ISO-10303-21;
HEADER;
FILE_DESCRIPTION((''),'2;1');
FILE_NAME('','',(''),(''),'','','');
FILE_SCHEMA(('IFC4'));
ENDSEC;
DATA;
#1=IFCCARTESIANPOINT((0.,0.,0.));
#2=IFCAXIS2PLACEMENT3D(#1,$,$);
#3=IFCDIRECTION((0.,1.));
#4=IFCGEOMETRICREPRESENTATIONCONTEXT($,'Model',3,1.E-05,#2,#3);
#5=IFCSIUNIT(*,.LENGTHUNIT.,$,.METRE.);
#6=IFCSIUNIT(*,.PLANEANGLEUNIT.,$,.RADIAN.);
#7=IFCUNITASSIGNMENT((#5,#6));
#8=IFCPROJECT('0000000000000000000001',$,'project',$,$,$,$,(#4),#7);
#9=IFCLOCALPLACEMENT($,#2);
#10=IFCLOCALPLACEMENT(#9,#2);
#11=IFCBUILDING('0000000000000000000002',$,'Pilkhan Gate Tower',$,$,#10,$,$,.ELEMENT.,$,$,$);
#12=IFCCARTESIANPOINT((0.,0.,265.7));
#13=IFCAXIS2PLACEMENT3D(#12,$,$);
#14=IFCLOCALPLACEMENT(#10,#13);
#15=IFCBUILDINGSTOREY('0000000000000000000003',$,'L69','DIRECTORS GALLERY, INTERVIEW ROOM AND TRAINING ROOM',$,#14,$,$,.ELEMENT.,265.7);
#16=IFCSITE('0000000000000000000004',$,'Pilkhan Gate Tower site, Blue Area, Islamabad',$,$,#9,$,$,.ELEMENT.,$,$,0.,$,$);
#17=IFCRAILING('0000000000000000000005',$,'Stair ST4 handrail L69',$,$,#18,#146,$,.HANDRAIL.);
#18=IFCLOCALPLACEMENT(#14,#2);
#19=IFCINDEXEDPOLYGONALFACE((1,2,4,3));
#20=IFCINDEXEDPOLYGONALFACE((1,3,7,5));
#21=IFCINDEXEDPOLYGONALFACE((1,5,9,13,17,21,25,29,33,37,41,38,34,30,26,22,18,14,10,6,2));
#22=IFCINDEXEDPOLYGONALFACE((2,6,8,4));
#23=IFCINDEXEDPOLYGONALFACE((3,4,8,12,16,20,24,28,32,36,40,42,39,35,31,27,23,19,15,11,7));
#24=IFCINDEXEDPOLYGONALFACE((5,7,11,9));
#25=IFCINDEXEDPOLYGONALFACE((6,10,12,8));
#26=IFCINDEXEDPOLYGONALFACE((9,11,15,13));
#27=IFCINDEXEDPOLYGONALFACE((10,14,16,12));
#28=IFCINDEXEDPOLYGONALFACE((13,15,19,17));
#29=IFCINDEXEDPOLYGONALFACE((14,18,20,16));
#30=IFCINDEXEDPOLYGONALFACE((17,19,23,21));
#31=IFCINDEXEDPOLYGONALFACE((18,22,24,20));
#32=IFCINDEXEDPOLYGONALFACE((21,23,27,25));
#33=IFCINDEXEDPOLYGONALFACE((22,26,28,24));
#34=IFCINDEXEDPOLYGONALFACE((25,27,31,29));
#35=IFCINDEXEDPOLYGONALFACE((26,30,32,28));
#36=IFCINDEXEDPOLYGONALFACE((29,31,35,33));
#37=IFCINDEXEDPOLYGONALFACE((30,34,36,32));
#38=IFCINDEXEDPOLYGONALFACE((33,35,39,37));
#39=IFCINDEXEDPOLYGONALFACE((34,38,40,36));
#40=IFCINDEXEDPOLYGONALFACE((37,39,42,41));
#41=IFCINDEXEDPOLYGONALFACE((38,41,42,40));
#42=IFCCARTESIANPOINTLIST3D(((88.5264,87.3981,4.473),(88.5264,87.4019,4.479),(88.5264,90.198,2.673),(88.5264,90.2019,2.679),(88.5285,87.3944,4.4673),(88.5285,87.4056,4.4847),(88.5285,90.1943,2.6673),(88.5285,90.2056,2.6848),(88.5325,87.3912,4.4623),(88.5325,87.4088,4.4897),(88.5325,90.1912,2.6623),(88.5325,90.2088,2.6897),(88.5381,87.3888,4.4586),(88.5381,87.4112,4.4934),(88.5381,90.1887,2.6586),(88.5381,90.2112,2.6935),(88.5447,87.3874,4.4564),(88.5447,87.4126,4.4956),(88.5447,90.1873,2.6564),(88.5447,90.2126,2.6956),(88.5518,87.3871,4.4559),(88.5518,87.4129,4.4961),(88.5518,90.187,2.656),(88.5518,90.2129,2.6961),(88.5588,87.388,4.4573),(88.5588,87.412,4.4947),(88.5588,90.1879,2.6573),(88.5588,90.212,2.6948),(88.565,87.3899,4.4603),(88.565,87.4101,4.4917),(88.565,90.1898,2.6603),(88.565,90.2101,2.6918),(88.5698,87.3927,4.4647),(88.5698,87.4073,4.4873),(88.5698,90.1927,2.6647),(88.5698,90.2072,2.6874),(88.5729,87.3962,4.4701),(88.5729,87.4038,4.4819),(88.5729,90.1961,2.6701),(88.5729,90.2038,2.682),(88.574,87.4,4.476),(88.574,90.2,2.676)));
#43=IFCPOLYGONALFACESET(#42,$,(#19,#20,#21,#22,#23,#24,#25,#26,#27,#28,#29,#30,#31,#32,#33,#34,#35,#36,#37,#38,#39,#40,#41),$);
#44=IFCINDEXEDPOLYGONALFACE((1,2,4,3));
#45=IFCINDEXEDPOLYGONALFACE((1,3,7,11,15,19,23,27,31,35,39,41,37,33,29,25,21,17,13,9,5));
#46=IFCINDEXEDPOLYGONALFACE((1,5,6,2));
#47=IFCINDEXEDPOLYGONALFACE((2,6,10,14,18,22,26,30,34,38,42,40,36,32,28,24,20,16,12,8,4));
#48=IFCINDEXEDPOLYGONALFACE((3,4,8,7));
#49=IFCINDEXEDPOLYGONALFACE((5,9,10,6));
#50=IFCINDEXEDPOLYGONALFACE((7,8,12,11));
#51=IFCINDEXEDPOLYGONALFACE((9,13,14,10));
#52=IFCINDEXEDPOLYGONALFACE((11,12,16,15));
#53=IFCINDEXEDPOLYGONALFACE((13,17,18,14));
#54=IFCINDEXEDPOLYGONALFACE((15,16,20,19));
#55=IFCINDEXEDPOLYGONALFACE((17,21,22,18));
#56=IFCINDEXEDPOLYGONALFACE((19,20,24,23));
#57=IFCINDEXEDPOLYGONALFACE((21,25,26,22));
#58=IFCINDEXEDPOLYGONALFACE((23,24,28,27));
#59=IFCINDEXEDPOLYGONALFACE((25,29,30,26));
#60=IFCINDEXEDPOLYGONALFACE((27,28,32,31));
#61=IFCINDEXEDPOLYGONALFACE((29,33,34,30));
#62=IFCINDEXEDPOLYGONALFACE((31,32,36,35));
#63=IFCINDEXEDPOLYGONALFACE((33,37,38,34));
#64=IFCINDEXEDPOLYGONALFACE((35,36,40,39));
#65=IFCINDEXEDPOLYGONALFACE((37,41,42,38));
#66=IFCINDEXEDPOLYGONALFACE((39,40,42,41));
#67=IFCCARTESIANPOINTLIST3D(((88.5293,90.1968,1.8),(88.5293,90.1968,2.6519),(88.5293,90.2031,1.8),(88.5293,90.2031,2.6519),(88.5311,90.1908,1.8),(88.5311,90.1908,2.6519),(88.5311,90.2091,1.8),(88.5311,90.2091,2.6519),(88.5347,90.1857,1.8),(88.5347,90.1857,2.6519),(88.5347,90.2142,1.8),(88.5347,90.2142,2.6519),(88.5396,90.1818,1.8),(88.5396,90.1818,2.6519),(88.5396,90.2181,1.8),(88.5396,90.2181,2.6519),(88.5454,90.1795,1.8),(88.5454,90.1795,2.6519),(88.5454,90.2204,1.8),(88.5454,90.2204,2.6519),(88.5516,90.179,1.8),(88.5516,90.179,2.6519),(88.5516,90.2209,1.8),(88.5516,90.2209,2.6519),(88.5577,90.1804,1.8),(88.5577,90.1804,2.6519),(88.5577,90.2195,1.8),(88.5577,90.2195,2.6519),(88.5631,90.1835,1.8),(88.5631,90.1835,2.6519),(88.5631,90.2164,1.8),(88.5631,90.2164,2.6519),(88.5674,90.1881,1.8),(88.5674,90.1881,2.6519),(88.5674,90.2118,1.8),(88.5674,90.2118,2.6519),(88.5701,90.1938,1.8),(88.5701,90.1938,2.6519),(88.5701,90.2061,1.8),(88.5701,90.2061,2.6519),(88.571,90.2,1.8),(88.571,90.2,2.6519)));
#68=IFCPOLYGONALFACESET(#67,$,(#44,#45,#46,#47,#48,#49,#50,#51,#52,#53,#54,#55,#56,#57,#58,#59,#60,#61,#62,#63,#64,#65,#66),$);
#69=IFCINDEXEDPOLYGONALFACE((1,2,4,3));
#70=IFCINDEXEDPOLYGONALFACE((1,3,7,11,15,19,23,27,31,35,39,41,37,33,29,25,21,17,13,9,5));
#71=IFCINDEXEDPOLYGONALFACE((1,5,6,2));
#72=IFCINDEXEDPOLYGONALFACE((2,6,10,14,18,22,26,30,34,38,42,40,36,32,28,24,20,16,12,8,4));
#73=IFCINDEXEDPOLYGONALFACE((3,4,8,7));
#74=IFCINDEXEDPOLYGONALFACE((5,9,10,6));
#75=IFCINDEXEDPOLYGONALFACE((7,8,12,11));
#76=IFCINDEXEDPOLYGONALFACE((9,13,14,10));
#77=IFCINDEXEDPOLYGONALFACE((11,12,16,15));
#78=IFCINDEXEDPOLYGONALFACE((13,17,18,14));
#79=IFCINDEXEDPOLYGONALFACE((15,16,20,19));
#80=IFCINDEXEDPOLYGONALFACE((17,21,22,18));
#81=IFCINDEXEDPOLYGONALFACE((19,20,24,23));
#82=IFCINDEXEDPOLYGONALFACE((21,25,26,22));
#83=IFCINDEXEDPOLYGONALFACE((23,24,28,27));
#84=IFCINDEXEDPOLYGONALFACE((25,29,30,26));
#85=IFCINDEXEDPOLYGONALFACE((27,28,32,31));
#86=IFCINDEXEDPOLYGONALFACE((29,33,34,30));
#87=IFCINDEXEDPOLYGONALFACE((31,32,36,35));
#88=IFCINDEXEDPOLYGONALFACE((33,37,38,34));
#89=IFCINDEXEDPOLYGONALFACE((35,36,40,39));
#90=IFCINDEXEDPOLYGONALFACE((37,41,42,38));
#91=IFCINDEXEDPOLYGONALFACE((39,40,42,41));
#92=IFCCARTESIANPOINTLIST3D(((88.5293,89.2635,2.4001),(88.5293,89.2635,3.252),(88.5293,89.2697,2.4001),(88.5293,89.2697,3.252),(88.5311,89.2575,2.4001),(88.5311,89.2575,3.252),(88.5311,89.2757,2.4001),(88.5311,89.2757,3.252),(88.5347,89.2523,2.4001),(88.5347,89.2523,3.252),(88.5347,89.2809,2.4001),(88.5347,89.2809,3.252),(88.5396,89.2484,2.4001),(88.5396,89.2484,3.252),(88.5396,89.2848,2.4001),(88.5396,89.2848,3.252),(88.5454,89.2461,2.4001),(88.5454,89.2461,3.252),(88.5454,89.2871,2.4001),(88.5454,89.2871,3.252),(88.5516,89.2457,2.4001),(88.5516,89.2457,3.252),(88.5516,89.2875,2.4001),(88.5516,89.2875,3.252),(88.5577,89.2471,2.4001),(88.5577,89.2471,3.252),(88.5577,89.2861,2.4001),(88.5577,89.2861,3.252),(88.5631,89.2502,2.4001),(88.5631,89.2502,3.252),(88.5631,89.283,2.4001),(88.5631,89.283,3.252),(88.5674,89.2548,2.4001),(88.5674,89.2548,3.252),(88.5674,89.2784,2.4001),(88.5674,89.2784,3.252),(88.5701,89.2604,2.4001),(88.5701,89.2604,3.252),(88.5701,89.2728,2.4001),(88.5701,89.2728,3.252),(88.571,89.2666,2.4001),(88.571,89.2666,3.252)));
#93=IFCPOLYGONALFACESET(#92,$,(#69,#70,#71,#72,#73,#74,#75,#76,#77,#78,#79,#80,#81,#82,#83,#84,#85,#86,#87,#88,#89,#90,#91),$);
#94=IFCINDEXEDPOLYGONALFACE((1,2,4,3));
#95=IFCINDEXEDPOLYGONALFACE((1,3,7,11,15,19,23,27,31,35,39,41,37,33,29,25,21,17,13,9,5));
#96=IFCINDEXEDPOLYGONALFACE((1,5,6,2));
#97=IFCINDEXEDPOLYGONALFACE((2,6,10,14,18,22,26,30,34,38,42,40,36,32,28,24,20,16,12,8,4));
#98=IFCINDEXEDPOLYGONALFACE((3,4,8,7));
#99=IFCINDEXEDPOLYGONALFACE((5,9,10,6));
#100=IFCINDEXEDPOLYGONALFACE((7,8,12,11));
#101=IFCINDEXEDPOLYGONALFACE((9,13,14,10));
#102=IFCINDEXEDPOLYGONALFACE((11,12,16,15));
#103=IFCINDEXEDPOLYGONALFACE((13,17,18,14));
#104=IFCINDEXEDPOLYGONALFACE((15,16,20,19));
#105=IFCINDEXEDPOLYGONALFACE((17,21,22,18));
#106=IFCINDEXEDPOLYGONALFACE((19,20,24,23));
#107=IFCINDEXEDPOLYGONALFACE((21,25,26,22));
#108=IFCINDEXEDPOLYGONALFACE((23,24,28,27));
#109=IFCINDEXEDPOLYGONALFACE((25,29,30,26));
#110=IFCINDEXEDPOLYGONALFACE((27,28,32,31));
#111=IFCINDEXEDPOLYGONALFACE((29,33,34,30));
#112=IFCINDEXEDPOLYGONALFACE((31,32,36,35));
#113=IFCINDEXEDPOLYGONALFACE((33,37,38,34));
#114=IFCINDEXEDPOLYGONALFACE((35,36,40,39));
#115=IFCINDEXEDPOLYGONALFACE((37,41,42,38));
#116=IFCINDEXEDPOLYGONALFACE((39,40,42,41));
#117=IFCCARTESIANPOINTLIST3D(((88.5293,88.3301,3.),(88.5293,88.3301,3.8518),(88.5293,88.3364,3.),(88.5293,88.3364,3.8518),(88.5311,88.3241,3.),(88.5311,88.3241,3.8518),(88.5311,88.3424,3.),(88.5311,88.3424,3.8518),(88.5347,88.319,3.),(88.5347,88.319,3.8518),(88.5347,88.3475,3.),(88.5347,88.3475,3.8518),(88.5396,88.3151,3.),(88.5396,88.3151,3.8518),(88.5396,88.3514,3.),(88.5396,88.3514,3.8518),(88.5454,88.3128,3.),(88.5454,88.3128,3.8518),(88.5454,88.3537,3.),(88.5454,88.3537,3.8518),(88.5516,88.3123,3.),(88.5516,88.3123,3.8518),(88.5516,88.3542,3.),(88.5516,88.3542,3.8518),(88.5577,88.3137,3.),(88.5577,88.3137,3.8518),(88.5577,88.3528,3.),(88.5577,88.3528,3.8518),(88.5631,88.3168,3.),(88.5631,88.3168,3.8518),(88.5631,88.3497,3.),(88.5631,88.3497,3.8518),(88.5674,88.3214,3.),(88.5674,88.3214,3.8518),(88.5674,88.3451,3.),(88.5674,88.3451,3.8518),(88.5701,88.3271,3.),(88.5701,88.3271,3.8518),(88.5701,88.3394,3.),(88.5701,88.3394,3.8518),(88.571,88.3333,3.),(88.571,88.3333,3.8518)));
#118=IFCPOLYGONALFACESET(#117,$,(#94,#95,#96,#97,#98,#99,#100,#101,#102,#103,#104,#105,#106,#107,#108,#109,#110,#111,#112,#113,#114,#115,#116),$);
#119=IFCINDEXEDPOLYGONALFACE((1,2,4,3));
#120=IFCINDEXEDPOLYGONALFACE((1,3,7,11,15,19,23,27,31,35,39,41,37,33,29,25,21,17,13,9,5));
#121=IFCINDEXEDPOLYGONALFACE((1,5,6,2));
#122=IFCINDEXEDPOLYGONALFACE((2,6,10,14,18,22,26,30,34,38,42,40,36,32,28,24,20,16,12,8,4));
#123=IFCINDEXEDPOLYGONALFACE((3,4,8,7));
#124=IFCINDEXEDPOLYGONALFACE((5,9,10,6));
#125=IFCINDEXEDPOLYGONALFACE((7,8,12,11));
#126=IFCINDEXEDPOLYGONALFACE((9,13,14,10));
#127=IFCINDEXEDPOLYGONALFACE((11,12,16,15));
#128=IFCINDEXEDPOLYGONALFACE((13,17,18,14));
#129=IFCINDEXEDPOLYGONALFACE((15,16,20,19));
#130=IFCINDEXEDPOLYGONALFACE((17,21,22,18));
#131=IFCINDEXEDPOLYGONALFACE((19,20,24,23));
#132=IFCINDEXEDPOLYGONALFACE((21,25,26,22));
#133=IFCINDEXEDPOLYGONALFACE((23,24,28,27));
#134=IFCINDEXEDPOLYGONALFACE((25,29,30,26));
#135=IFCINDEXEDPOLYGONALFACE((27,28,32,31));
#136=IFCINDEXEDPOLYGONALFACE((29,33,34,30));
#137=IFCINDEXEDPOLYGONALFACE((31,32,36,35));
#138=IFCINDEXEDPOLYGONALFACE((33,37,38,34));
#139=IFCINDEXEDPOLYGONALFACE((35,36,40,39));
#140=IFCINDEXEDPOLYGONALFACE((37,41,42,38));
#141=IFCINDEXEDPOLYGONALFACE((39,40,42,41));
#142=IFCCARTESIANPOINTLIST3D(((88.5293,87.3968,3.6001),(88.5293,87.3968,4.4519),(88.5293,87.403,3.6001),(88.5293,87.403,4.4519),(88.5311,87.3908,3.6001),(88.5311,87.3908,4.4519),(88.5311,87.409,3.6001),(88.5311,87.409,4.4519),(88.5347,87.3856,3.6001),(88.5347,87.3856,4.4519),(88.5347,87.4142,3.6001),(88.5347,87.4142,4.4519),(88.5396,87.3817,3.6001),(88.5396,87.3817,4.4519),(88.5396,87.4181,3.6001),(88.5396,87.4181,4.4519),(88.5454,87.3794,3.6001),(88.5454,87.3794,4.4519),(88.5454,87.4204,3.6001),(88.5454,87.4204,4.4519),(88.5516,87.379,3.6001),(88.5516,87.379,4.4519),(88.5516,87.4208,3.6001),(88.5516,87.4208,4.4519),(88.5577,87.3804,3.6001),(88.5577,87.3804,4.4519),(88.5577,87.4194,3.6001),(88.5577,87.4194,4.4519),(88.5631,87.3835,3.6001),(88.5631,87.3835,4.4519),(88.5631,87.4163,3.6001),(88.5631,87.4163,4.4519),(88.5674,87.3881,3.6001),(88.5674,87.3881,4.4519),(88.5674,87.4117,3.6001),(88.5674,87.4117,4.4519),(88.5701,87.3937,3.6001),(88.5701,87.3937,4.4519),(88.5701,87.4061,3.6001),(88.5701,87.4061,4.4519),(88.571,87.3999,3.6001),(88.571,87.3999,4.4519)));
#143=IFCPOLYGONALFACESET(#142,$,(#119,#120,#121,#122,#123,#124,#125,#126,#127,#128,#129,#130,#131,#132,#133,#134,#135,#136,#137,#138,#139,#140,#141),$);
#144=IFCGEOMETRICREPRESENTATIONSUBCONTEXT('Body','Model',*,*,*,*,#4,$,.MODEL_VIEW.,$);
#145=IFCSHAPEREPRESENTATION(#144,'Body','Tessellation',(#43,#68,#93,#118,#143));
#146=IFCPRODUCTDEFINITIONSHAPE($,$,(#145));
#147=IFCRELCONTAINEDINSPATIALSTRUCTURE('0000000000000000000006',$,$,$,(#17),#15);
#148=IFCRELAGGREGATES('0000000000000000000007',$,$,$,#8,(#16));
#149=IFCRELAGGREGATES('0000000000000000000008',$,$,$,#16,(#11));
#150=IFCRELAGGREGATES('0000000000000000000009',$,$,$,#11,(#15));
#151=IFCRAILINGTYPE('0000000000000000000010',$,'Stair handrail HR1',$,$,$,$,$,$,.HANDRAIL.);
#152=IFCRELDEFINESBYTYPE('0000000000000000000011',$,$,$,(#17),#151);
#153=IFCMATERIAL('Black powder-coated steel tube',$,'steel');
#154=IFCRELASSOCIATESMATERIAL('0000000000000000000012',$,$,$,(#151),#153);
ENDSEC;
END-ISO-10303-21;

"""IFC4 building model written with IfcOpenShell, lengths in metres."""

from ifc_helpers import new_model, si_unit, direction, frame, origin, origin_2d, place, context, subcontext, project, spatial, circle, extrude, material, type_object, element, save


model = new_model("IFC4")

# Units and contexts
model_context = context("Model", 3, precision=1e-05, world=origin(), true_north=direction((0.0, 1.0)))
body_context = subcontext(model_context, "Body", "Model", "MODEL_VIEW")
ifc_project = project(units=[si_unit("LENGTHUNIT", "METRE"), si_unit("PLANEANGLEUNIT", "RADIAN")], contexts=[model_context])

# Site, building, storey
site_placement = place(None, origin())
site = spatial("IfcSite", under=ifc_project, at=site_placement, Name="Pilkhan Gate Tower site, Blue Area, Islamabad", CompositionType="ELEMENT", RefElevation=0.0)
building_placement = place(site_placement, origin())
building = spatial("IfcBuilding", under=site, at=building_placement, Name="Pilkhan Gate Tower", CompositionType="ELEMENT")
storey_placement = place(building_placement, frame((0.0, 0.0, 265.7)))
storey = spatial("IfcBuildingStorey", under=building, at=storey_placement, Name="L69", Description="DIRECTORS GALLERY, INTERVIEW ROOM AND TRAINING ROOM", CompositionType="ELEMENT", Elevation=265.7)

# Railing
ifc_material_1 = material(Name="Black powder-coated steel tube", Category="steel")
railing_type_1 = type_object("IfcRailingType", Name="Stair handrail HR1", PredefinedType="HANDRAIL", material=ifc_material_1)
railing_1_placement = place(storey_placement, frame((88.55, 90.2, 1.8)))
element("IfcRailing", 1, at=railing_1_placement, inside=storey, type_object=railing_type_1, Name="Stair ST4 handrail L69", PredefinedType="HANDRAIL", context=body_context, shape_type="SweptSolid", body=[
    extrude(circle(Radius=0.0239, at=origin_2d()), frame((0.0, 0.0, 0.876), z_axis=(0.0, -0.841176, 0.540761), x_axis=(1.0, 0.0, 0.0)), (0.0, 0.0, 1.0), 3.3286),
    extrude(circle(Radius=0.021, at=origin_2d()), origin(), (0.0, 0.0, 1.0), 0.8518),
    extrude(circle(Radius=0.021, at=origin_2d()), frame((0.0, -0.9333, 0.6001)), (0.0, 0.0, 1.0), 0.8518),
    extrude(circle(Radius=0.021, at=origin_2d()), frame((0.0, -1.8667, 1.2)), (0.0, 0.0, 1.0), 0.8518),
    extrude(circle(Radius=0.021, at=origin_2d()), frame((0.0, -2.8, 1.8)), (0.0, 0.0, 1.0), 0.8518),
])

save(model, "model.ifc")
